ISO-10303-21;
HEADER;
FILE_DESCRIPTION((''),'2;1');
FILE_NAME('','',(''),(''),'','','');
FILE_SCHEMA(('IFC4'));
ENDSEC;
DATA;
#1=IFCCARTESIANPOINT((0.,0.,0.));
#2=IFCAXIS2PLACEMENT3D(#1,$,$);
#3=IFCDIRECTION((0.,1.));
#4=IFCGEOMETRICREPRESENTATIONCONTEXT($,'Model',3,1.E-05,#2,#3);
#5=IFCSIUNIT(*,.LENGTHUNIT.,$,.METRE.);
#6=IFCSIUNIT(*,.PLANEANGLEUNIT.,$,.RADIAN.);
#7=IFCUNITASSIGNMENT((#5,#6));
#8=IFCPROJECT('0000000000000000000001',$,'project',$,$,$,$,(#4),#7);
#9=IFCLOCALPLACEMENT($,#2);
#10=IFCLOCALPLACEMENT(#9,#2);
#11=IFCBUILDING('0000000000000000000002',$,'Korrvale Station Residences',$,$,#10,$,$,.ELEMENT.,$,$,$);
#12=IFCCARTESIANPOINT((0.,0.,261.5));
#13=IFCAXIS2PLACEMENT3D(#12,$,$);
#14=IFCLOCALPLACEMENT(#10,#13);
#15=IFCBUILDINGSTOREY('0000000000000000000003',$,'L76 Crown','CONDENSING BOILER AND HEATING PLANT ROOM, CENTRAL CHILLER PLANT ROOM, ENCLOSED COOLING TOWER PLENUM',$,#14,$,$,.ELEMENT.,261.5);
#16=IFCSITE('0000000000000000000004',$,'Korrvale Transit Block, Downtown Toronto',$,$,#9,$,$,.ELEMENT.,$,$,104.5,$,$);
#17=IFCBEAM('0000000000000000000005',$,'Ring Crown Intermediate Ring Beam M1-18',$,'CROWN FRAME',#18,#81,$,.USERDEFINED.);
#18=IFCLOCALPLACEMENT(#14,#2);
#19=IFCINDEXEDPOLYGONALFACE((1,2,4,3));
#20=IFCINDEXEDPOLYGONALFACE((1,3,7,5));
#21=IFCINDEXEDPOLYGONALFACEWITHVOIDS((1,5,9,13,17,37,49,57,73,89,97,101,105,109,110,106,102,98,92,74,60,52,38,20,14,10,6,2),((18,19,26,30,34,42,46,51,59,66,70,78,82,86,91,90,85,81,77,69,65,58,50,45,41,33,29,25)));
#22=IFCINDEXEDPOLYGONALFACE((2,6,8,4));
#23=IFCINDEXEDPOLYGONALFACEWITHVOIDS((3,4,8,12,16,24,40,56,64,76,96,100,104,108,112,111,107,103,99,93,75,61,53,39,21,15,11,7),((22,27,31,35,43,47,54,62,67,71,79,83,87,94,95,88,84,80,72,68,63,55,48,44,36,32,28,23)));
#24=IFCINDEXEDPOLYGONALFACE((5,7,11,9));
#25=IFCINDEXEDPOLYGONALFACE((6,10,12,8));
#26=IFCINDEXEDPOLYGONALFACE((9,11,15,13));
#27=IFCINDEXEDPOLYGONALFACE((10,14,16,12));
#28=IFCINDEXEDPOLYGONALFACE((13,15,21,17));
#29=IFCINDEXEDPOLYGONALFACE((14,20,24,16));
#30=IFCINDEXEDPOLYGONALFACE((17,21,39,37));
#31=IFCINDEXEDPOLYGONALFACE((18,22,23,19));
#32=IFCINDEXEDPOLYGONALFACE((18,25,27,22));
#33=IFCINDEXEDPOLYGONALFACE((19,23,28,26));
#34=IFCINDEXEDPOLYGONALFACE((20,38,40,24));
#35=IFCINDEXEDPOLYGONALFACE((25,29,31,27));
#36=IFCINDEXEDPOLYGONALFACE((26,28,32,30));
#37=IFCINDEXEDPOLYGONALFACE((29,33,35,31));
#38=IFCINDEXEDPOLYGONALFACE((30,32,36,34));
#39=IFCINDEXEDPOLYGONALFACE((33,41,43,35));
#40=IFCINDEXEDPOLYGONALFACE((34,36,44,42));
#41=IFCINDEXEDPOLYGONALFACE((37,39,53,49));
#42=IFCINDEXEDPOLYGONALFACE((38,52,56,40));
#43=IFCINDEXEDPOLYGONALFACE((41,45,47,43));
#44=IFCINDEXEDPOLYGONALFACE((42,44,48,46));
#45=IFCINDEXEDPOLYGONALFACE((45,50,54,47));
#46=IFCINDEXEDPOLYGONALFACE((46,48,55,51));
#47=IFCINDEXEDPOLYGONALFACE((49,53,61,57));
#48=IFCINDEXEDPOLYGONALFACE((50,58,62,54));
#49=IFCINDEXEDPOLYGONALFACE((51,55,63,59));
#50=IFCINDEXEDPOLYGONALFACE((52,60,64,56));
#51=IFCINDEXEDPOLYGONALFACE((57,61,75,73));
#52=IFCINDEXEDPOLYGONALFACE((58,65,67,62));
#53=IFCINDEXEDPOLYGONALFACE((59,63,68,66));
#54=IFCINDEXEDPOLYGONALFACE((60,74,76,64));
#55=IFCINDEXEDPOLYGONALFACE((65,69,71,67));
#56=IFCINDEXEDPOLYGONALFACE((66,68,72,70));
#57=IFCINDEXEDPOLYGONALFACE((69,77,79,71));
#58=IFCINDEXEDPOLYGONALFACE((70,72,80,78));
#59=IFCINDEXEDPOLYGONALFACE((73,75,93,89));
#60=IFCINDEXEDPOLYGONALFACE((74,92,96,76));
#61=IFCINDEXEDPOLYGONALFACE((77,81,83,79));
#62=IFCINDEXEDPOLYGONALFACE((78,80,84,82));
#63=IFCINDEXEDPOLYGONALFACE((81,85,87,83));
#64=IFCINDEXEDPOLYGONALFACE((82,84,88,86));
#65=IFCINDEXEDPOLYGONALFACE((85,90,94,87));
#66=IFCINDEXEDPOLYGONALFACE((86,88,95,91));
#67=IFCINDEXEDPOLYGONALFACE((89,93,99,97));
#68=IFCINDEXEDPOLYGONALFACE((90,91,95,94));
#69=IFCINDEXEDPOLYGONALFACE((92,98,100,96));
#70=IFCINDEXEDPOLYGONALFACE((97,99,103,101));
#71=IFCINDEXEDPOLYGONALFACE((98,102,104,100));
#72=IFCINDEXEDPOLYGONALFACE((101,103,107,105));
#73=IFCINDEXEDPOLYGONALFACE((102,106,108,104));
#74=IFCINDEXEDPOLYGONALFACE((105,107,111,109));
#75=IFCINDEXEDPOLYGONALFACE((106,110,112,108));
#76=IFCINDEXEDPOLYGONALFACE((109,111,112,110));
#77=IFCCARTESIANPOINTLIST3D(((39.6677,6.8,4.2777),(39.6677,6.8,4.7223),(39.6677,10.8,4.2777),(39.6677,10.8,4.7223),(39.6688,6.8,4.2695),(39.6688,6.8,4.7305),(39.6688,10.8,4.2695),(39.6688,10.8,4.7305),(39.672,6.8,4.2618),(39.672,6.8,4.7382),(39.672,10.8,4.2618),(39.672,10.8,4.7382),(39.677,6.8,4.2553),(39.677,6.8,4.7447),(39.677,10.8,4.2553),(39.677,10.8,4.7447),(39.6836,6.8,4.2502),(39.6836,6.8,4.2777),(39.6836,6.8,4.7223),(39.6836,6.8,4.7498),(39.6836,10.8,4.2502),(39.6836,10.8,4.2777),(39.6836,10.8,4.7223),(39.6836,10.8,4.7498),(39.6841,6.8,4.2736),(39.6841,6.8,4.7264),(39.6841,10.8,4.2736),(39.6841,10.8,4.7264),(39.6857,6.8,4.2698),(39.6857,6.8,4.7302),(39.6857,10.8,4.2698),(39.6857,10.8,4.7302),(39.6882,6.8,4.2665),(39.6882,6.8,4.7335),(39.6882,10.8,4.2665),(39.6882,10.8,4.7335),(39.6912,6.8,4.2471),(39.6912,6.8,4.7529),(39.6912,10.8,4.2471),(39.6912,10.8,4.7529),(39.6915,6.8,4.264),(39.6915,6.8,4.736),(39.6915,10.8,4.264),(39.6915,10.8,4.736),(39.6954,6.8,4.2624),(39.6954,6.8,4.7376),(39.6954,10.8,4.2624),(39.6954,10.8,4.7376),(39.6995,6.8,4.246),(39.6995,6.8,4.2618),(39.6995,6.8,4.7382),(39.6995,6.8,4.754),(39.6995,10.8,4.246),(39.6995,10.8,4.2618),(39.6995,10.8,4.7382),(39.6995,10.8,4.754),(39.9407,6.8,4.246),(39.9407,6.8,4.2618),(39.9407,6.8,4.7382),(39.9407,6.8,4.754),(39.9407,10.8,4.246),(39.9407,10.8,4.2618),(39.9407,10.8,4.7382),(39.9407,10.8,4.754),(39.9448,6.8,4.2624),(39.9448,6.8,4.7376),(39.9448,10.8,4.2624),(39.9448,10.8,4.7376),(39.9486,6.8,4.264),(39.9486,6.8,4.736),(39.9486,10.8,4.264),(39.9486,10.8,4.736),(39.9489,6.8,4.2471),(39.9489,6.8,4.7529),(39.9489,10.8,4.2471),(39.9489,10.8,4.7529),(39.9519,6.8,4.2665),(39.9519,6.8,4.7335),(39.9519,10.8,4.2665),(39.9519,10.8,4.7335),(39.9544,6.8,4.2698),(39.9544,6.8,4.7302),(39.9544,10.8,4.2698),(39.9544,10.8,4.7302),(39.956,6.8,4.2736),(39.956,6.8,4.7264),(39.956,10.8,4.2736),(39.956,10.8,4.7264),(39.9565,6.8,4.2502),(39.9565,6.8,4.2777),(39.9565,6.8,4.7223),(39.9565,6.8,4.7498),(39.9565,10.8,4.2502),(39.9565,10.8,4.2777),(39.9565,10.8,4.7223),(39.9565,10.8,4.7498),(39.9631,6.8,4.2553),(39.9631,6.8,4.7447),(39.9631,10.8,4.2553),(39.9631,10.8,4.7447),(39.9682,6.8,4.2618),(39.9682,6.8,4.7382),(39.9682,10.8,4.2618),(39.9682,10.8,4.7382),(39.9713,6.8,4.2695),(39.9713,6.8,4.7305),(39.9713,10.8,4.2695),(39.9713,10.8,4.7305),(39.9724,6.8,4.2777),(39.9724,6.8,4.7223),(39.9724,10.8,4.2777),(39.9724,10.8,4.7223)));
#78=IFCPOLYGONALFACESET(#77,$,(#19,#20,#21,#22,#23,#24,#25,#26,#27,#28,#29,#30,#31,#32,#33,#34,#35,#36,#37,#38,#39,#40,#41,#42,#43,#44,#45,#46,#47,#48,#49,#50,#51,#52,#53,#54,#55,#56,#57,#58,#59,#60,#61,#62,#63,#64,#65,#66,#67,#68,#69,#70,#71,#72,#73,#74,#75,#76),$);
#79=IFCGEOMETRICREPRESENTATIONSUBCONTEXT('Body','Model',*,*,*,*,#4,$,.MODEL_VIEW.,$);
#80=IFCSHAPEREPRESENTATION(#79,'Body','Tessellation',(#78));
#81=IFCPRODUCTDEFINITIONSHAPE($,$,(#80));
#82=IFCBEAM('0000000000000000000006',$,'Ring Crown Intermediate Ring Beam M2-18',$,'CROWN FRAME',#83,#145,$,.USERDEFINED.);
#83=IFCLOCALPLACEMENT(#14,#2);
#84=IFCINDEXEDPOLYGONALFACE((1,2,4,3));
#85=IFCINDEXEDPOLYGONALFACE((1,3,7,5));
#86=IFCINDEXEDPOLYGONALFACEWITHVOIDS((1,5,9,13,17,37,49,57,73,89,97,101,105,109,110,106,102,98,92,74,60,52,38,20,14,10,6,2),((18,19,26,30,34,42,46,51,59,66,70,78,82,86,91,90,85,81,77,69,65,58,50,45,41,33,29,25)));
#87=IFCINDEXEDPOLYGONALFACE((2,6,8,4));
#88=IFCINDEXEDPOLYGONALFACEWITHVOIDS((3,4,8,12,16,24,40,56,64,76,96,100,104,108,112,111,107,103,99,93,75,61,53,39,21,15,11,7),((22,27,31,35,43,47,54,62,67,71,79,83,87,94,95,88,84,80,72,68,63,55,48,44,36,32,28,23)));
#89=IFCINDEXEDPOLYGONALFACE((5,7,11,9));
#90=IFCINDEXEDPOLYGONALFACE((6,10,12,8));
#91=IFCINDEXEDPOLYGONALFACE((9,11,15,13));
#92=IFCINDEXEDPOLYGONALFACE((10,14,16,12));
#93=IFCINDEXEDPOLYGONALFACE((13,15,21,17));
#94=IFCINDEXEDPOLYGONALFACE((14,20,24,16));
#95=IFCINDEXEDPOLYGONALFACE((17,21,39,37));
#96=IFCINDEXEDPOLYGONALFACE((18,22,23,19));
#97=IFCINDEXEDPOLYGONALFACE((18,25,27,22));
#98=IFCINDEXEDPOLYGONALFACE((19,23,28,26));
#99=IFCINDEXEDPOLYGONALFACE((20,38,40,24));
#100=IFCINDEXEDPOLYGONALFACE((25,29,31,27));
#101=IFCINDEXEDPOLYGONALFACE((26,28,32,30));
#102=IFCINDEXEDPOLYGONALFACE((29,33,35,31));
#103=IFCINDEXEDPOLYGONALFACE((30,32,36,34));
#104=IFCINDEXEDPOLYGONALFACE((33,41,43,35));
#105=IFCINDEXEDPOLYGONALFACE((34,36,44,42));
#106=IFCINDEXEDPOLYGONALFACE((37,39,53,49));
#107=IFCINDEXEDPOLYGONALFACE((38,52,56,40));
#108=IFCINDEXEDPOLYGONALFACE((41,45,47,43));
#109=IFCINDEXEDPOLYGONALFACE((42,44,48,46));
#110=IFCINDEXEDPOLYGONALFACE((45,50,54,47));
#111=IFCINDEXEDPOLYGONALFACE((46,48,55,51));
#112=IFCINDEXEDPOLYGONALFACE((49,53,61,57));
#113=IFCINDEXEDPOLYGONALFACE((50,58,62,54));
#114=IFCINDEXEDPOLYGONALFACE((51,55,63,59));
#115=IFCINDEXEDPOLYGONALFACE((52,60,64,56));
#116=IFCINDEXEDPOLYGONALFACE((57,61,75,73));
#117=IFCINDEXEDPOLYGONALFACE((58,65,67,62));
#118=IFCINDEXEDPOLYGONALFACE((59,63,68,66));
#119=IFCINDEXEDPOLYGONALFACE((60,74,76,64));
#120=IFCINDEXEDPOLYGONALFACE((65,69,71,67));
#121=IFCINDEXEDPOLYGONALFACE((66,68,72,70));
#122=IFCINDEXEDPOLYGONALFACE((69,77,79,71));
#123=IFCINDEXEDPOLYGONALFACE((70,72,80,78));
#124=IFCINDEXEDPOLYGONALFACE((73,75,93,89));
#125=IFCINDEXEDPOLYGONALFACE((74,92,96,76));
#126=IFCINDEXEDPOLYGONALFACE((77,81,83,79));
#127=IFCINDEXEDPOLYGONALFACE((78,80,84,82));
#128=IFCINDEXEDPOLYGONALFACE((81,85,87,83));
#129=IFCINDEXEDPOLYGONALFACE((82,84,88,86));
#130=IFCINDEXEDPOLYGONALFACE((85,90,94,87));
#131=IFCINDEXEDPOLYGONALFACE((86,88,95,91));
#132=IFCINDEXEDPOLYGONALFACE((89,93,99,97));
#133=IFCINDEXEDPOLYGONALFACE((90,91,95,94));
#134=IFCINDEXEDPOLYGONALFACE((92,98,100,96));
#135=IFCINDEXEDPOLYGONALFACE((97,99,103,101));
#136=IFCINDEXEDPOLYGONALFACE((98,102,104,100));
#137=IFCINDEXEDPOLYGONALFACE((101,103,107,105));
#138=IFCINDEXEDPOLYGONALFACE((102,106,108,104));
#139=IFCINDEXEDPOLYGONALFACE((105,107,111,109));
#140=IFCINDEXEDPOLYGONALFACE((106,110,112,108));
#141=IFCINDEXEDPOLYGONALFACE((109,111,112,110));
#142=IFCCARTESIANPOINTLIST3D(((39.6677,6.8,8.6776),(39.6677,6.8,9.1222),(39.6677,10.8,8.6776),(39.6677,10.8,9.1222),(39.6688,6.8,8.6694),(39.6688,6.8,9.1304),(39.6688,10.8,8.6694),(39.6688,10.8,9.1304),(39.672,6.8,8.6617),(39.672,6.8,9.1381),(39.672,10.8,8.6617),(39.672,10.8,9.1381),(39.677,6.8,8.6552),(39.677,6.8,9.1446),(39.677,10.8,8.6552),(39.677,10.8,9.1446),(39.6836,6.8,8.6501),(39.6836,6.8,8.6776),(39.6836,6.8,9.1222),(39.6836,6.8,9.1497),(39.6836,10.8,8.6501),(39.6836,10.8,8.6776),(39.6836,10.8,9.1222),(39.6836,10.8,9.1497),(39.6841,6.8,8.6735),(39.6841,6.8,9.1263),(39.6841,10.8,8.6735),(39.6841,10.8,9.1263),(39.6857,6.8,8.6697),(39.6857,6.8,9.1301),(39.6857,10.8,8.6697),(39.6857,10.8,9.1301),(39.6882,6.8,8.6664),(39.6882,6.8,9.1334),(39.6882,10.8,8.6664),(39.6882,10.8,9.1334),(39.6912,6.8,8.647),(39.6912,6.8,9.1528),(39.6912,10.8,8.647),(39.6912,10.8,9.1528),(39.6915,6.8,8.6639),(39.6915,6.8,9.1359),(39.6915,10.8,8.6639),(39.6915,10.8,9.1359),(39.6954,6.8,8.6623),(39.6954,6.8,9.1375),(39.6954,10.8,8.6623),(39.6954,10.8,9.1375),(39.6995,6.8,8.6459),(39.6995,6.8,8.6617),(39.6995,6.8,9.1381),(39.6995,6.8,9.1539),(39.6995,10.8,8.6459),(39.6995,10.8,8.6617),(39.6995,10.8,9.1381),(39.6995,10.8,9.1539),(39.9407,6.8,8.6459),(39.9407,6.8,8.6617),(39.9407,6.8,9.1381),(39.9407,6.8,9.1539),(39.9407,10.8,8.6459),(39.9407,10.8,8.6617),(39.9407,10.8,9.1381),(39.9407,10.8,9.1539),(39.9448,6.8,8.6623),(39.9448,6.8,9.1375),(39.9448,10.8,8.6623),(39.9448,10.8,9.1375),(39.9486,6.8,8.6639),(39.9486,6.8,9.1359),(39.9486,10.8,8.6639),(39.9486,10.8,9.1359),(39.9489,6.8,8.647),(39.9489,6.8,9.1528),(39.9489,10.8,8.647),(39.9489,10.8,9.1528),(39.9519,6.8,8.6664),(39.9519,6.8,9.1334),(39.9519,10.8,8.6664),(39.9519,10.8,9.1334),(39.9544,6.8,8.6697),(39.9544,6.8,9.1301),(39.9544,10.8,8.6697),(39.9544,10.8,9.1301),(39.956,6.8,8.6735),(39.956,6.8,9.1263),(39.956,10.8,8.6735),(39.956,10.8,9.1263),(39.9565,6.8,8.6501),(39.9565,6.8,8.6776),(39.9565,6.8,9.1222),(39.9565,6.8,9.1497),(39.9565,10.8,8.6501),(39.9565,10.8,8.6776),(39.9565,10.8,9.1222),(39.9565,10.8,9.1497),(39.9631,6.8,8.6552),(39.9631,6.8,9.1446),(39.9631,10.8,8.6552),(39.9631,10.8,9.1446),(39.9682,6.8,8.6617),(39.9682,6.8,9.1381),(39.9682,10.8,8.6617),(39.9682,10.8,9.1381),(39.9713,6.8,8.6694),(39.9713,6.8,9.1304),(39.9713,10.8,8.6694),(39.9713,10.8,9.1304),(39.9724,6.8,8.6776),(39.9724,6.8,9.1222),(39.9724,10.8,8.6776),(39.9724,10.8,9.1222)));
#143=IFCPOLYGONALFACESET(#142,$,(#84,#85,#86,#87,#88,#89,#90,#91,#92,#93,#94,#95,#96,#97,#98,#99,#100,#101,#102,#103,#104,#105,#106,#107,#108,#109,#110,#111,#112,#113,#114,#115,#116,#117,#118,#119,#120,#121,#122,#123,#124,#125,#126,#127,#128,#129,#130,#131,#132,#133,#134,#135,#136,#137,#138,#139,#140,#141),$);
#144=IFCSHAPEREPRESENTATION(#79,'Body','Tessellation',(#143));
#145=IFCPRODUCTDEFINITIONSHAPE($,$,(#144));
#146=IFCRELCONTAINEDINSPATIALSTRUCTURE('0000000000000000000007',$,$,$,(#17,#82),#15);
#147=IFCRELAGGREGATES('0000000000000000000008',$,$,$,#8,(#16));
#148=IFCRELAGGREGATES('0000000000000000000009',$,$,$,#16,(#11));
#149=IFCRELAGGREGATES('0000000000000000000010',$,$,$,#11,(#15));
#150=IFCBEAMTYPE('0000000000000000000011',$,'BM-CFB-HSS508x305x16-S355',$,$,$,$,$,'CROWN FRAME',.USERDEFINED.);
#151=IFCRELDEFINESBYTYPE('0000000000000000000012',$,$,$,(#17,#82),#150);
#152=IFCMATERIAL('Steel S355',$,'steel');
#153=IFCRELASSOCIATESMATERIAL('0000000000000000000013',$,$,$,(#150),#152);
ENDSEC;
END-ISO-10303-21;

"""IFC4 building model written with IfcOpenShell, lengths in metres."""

from ifc_helpers import new_model, si_unit, direction, frame, origin, origin_2d, place, context, subcontext, project, spatial, hollow_rectangle, extrude, material, material_profile, profile_set, type_object, element, save


model = new_model("IFC4")

# Units and contexts
model_context = context("Model", 3, precision=1e-05, world=origin(), true_north=direction((0.0, 1.0)))
body_context = subcontext(model_context, "Body", "Model", "MODEL_VIEW")
ifc_project = project(units=[si_unit("LENGTHUNIT", "METRE"), si_unit("PLANEANGLEUNIT", "RADIAN")], contexts=[model_context])

# Site, building, storey
site_placement = place(None, origin())
site = spatial("IfcSite", under=ifc_project, at=site_placement, Name="Korrvale Transit Block, Downtown Toronto", CompositionType="ELEMENT", RefElevation=104.5)
building_placement = place(site_placement, origin())
building = spatial("IfcBuilding", under=site, at=building_placement, Name="Korrvale Station Residences", CompositionType="ELEMENT")
storey_placement = place(building_placement, frame((0.0, 0.0, 261.5)))
storey = spatial("IfcBuildingStorey", under=building, at=storey_placement, Name="L76 Crown", Description="CONDENSING BOILER AND HEATING PLANT ROOM, CENTRAL CHILLER PLANT ROOM, ENCLOSED COOLING TOWER PLENUM", CompositionType="ELEMENT", Elevation=261.5)

# Shared definitions
ifc_material_1 = material(Name="Steel S355", Category="steel")

# Beams
ifc_material_profile_1 = material_profile(ifc_material_1, hollow_rectangle(XDim=0.3047, YDim=0.5081, WallThickness=0.0159, InnerFilletRadius=0.0159, OuterFilletRadius=0.0317, at=origin_2d()), Name="HSS508x305x16")
ifc_profile_set_1 = profile_set([ifc_material_profile_1], Name="Steel S355")
beam_type_1 = type_object("IfcBeamType", Name="BM-CFB-HSS508x305x16-S355", ElementType="CROWN FRAME", PredefinedType="USERDEFINED", material=ifc_profile_set_1)
for number, where, z_axis, x_axis, name in (
    (1, (39.8201, 6.8, 4.5), (0.0, 1.0, 0.0), (-1.0, 0.0, 0.0), "Ring Crown Intermediate Ring Beam M1-18"),
    (2, (39.8201, 6.8, 8.8999), (0.0, 1.0, 0.0), (-1.0, 0.0, 0.0), "Ring Crown Intermediate Ring Beam M2-18"),
):
    element("IfcBeam", number, at=place(storey_placement, frame(where, z_axis=z_axis, x_axis=x_axis)), inside=storey, type_object=beam_type_1, Name=name, ObjectType="CROWN FRAME", PredefinedType="USERDEFINED", context=body_context, shape_type="SweptSolid", body=[
        extrude(hollow_rectangle(XDim=0.3047, YDim=0.5081, WallThickness=0.0159, InnerFilletRadius=0.0159, OuterFilletRadius=0.0317, at=origin_2d()), origin(), (0.0, 0.0, 1.0), 4.0),
    ])

save(model, "model.ifc")
